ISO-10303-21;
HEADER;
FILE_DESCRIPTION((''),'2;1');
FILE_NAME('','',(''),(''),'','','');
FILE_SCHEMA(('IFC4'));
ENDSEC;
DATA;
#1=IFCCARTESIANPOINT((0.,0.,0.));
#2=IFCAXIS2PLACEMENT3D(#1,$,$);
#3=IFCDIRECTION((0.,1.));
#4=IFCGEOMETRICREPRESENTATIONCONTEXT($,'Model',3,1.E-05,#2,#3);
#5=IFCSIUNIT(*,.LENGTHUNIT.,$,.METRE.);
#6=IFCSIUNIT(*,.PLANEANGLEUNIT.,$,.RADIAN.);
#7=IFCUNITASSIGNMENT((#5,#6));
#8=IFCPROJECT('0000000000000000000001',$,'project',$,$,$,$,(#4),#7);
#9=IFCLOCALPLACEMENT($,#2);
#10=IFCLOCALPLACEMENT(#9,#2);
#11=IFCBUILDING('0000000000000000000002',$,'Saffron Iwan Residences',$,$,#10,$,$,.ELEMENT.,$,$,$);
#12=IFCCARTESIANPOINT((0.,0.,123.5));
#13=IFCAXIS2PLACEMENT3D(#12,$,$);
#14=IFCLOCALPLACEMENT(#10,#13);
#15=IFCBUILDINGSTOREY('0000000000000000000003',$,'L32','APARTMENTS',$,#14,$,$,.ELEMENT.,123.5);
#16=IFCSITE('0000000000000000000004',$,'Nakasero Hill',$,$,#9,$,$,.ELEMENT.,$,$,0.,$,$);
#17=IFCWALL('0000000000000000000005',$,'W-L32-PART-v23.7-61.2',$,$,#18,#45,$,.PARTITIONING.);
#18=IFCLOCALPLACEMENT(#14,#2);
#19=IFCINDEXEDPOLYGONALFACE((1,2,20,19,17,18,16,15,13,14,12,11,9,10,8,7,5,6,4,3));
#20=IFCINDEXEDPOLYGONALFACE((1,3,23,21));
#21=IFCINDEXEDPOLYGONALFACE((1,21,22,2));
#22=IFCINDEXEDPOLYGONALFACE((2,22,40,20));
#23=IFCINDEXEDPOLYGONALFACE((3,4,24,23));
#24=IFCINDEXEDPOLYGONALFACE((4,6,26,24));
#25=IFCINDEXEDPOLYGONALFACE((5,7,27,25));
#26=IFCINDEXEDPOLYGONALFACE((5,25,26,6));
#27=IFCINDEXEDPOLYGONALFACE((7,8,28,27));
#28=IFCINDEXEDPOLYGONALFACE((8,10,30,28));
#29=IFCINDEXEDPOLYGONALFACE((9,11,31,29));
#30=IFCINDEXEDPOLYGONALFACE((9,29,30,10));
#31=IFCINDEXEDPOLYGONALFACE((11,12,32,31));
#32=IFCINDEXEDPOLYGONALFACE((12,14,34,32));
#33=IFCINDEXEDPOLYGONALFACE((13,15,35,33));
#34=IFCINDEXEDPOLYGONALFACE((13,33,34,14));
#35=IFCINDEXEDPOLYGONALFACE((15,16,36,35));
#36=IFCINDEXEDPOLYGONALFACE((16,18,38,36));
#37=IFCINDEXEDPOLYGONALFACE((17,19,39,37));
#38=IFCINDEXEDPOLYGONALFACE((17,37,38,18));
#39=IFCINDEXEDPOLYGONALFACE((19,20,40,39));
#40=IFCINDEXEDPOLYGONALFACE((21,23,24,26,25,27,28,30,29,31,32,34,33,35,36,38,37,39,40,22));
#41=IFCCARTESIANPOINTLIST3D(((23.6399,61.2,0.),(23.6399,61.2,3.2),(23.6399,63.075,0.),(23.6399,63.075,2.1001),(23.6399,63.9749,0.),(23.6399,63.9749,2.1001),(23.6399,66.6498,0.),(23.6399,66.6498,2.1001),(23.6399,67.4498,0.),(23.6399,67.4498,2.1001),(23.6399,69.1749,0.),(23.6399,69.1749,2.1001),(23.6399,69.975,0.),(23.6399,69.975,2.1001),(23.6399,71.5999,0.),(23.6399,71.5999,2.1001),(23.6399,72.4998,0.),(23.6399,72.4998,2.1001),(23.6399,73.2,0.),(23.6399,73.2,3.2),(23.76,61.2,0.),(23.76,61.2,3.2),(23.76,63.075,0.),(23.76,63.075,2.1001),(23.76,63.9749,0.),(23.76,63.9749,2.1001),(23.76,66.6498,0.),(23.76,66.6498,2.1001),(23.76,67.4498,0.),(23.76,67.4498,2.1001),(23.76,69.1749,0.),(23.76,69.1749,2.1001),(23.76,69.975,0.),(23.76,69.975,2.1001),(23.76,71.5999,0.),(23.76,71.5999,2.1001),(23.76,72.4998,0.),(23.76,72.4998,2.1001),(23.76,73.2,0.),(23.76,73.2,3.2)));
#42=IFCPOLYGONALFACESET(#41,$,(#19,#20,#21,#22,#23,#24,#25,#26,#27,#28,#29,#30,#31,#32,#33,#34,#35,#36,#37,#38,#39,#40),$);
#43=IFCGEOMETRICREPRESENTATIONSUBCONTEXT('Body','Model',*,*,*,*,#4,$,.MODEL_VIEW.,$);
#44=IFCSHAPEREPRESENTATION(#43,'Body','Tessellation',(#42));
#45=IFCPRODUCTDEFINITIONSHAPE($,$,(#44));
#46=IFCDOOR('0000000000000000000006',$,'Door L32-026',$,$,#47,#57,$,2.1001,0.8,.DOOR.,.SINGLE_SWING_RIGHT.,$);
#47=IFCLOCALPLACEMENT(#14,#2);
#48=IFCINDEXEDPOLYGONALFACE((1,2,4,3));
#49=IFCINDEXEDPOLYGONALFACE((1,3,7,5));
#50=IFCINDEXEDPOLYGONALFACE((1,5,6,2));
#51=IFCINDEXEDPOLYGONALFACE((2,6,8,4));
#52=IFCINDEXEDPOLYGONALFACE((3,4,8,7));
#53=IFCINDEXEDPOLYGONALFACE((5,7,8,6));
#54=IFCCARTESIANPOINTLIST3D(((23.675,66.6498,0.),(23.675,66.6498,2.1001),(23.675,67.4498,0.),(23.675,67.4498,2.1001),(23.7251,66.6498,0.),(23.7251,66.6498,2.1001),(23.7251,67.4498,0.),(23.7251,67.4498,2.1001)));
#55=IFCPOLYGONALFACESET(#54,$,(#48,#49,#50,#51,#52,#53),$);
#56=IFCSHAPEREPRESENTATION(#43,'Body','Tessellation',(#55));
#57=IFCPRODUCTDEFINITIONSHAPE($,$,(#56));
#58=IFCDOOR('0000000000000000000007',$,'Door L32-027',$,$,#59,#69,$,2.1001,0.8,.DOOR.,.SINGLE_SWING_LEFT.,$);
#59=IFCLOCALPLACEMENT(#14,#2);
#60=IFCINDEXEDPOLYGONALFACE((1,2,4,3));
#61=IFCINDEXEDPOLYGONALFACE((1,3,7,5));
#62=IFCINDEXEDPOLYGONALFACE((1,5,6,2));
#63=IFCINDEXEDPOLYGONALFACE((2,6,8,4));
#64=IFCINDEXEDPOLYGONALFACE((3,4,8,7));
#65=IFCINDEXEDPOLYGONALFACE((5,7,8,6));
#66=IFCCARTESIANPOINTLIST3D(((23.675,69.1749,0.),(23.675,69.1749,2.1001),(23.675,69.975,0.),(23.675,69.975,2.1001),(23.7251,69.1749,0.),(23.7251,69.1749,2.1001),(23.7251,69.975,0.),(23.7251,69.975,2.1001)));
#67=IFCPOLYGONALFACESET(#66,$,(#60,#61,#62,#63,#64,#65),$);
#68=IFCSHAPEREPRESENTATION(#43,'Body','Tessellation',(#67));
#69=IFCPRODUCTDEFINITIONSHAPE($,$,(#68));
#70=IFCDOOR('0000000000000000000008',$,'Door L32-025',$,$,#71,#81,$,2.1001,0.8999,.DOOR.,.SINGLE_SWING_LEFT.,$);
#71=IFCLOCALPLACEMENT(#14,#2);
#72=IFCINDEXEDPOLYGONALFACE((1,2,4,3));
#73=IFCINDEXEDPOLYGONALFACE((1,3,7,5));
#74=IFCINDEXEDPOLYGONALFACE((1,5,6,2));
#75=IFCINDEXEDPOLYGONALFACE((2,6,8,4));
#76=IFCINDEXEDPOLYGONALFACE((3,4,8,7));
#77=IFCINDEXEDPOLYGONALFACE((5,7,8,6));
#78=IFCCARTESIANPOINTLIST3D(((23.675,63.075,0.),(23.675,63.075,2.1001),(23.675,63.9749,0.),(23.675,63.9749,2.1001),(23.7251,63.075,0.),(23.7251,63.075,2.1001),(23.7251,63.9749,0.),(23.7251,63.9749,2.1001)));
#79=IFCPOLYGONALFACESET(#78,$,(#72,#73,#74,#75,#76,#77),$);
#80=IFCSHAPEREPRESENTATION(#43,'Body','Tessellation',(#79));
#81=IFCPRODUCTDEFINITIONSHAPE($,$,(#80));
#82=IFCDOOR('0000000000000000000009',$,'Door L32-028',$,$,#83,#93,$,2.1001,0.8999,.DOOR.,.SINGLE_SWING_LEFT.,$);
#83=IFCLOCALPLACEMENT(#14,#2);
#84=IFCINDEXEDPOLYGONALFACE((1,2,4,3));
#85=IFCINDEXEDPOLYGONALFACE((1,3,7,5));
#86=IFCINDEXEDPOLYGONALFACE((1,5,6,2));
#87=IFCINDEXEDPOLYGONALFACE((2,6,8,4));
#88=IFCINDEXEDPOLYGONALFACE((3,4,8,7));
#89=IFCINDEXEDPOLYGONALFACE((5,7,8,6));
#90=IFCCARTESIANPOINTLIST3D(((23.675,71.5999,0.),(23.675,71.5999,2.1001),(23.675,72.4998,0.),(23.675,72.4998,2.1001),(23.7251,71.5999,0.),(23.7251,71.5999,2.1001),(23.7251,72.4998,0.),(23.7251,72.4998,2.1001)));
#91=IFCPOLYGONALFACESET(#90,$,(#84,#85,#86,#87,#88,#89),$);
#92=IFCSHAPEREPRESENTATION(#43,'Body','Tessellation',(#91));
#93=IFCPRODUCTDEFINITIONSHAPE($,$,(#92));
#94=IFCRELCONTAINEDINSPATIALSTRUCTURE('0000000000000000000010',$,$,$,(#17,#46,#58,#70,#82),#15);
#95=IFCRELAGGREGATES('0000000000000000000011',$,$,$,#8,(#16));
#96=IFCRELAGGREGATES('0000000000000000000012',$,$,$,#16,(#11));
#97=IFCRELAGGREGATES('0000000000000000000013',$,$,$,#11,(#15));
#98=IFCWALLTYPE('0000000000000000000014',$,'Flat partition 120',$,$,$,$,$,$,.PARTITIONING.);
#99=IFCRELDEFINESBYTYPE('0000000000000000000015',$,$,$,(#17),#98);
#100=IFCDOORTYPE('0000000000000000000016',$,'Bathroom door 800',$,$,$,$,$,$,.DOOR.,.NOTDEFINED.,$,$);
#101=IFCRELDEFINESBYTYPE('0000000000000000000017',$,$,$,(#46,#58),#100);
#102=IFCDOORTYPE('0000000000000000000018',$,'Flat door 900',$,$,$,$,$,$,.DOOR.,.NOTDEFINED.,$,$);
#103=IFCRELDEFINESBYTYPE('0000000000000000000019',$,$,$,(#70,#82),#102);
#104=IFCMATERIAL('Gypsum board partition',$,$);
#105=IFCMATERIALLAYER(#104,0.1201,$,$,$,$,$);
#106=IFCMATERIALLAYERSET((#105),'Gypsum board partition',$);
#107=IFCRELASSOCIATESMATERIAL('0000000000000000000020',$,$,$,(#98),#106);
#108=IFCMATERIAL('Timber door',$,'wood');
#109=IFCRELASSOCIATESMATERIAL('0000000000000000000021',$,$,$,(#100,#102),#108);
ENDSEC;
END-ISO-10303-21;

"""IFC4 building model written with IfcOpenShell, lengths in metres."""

from ifc_helpers import new_model, si_unit, direction, frame, frame_2d, origin, place, context, subcontext, project, spatial, rectangle, extrude, material, layer, layer_set, type_object, element, fill, save


model = new_model("IFC4")

# Units and contexts
model_context = context("Model", 3, precision=1e-05, world=origin(), true_north=direction((0.0, 1.0)))
body_context = subcontext(model_context, "Body", "Model", "MODEL_VIEW")
ifc_project = project(units=[si_unit("LENGTHUNIT", "METRE"), si_unit("PLANEANGLEUNIT", "RADIAN")], contexts=[model_context])

# Site, building, storey
site_placement = place(None, origin())
site = spatial("IfcSite", under=ifc_project, at=site_placement, Name="Nakasero Hill", CompositionType="ELEMENT", RefElevation=0.0)
building_placement = place(site_placement, origin())
building = spatial("IfcBuilding", under=site, at=building_placement, Name="Saffron Iwan Residences", CompositionType="ELEMENT")
storey_placement = place(building_placement, frame((0.0, 0.0, 123.5)))
storey = spatial("IfcBuildingStorey", under=building, at=storey_placement, Name="L32", Description="APARTMENTS", CompositionType="ELEMENT", Elevation=123.5)

# Shared definitions
ifc_material_1 = material(Name="Gypsum board partition")
ifc_layer_1 = layer(ifc_material_1, 0.1201)
ifc_layer_set_1 = layer_set([ifc_layer_1], Name="Gypsum board partition")
wall_type_1 = type_object("IfcWallType", Name="Flat partition 120", PredefinedType="PARTITIONING", material=ifc_layer_set_1)

# Shared definitions
ifc_material_2 = material(Name="Timber door", Category="wood")
door_type_1 = type_object("IfcDoorType", Name="Bathroom door 800", OperationType="NOTDEFINED", PredefinedType="DOOR", material=ifc_material_2)

# Shared definitions
door_type_2 = type_object("IfcDoorType", Name="Flat door 900", OperationType="NOTDEFINED", PredefinedType="DOOR", material=ifc_material_2)

# Wall, openings, doors
wall_1_placement = place(storey_placement, frame((23.7, 61.2, 0.0), z_axis=(0.0, 0.0, 1.0), x_axis=(0.0, 1.0, 0.0)))
wall_1 = element("IfcWall", 1, at=wall_1_placement, inside=storey, type_object=wall_type_1, Name="W-L32-PART-v23.7-61.2", PredefinedType="PARTITIONING", context=body_context, shape_type="SweptSolid", body=[
    extrude(rectangle(XDim=12.0, YDim=0.1201, at=frame_2d((6.0, 0.0))), origin(), (0.0, 0.0, 1.0), 3.2),
])
opening_1_placement = place(wall_1_placement, frame((1.875, 0.0, 0.0)))
opening_1 = element("IfcOpeningElement", 2, at=opening_1_placement, cuts=wall_1, PredefinedType="OPENING", context=body_context, shape_type="SweptSolid", body=[
    extrude(rectangle(XDim=0.8999, YDim=2.1001, at=frame_2d((0.45, 1.05))), frame((0.0, 0.0701, 0.0), z_axis=(0.0, -1.0, 0.0), x_axis=(1.0, 0.0, 0.0)), (0.0, 0.0, 1.0), 0.1401),
])
opening_2_placement = place(wall_1_placement, frame((5.45, 0.0, 0.0)))
opening_2 = element("IfcOpeningElement", 3, at=opening_2_placement, cuts=wall_1, PredefinedType="OPENING", context=body_context, shape_type="SweptSolid", body=[
    extrude(rectangle(XDim=0.8, YDim=2.1001, at=frame_2d((0.3999, 1.05))), frame((0.0, 0.0701, 0.0), z_axis=(0.0, -1.0, 0.0), x_axis=(1.0, 0.0, 0.0)), (0.0, 0.0, 1.0), 0.1401),
])
opening_3_placement = place(wall_1_placement, frame((7.9751, 0.0, 0.0)))
opening_3 = element("IfcOpeningElement", 4, at=opening_3_placement, cuts=wall_1, PredefinedType="OPENING", context=body_context, shape_type="SweptSolid", body=[
    extrude(rectangle(XDim=0.8, YDim=2.1001, at=frame_2d((0.3999, 1.05))), frame((0.0, 0.0701, 0.0), z_axis=(0.0, -1.0, 0.0), x_axis=(1.0, 0.0, 0.0)), (0.0, 0.0, 1.0), 0.1401),
])
opening_4_placement = place(wall_1_placement, frame((10.3999, 0.0, 0.0)))
opening_4 = element("IfcOpeningElement", 5, at=opening_4_placement, cuts=wall_1, PredefinedType="OPENING", context=body_context, shape_type="SweptSolid", body=[
    extrude(rectangle(XDim=0.8999, YDim=2.1001, at=frame_2d((0.45, 1.05))), frame((0.0, 0.0701, 0.0), z_axis=(0.0, -1.0, 0.0), x_axis=(1.0, 0.0, 0.0)), (0.0, 0.0, 1.0), 0.1401),
])
door_1_placement = place(opening_2_placement, origin())
door_1 = element("IfcDoor", 6, at=door_1_placement, inside=storey, type_object=door_type_1, Name="Door L32-026", OperationType="SINGLE_SWING_RIGHT", OverallHeight=2.1001, OverallWidth=0.8, PredefinedType="DOOR", context=body_context, shape_type="SweptSolid", body=[
    extrude(rectangle(XDim=0.8, YDim=2.1001, at=frame_2d((0.3999, 1.05))), frame((0.0, 0.0249, 0.0), z_axis=(0.0, -1.0, 0.0), x_axis=(1.0, 0.0, 0.0)), (0.0, 0.0, 1.0), 0.05),
])
fill(opening_2, door_1)
door_2_placement = place(opening_3_placement, origin())
door_2 = element("IfcDoor", 7, at=door_2_placement, inside=storey, type_object=door_type_1, Name="Door L32-027", OperationType="SINGLE_SWING_LEFT", OverallHeight=2.1001, OverallWidth=0.8, PredefinedType="DOOR", context=body_context, shape_type="SweptSolid", body=[
    extrude(rectangle(XDim=0.8, YDim=2.1001, at=frame_2d((0.3999, 1.05))), frame((0.0, 0.0249, 0.0), z_axis=(0.0, -1.0, 0.0), x_axis=(1.0, 0.0, 0.0)), (0.0, 0.0, 1.0), 0.05),
])
fill(opening_3, door_2)
door_3_placement = place(opening_1_placement, origin())
door_3 = element("IfcDoor", 8, at=door_3_placement, inside=storey, type_object=door_type_2, Name="Door L32-025", OperationType="SINGLE_SWING_LEFT", OverallHeight=2.1001, OverallWidth=0.8999, PredefinedType="DOOR", context=body_context, shape_type="SweptSolid", body=[
    extrude(rectangle(XDim=0.8999, YDim=2.1001, at=frame_2d((0.45, 1.05))), frame((0.0, 0.0249, 0.0), z_axis=(0.0, -1.0, 0.0), x_axis=(1.0, 0.0, 0.0)), (0.0, 0.0, 1.0), 0.05),
])
fill(opening_1, door_3)
door_4_placement = place(opening_4_placement, origin())
door_4 = element("IfcDoor", 9, at=door_4_placement, inside=storey, type_object=door_type_2, Name="Door L32-028", OperationType="SINGLE_SWING_LEFT", OverallHeight=2.1001, OverallWidth=0.8999, PredefinedType="DOOR", context=body_context, shape_type="SweptSolid", body=[
    extrude(rectangle(XDim=0.8999, YDim=2.1001, at=frame_2d((0.45, 1.05))), frame((0.0, 0.0249, 0.0), z_axis=(0.0, -1.0, 0.0), x_axis=(1.0, 0.0, 0.0)), (0.0, 0.0, 1.0), 0.05),
])
fill(opening_4, door_4)

save(model, "model.ifc")
